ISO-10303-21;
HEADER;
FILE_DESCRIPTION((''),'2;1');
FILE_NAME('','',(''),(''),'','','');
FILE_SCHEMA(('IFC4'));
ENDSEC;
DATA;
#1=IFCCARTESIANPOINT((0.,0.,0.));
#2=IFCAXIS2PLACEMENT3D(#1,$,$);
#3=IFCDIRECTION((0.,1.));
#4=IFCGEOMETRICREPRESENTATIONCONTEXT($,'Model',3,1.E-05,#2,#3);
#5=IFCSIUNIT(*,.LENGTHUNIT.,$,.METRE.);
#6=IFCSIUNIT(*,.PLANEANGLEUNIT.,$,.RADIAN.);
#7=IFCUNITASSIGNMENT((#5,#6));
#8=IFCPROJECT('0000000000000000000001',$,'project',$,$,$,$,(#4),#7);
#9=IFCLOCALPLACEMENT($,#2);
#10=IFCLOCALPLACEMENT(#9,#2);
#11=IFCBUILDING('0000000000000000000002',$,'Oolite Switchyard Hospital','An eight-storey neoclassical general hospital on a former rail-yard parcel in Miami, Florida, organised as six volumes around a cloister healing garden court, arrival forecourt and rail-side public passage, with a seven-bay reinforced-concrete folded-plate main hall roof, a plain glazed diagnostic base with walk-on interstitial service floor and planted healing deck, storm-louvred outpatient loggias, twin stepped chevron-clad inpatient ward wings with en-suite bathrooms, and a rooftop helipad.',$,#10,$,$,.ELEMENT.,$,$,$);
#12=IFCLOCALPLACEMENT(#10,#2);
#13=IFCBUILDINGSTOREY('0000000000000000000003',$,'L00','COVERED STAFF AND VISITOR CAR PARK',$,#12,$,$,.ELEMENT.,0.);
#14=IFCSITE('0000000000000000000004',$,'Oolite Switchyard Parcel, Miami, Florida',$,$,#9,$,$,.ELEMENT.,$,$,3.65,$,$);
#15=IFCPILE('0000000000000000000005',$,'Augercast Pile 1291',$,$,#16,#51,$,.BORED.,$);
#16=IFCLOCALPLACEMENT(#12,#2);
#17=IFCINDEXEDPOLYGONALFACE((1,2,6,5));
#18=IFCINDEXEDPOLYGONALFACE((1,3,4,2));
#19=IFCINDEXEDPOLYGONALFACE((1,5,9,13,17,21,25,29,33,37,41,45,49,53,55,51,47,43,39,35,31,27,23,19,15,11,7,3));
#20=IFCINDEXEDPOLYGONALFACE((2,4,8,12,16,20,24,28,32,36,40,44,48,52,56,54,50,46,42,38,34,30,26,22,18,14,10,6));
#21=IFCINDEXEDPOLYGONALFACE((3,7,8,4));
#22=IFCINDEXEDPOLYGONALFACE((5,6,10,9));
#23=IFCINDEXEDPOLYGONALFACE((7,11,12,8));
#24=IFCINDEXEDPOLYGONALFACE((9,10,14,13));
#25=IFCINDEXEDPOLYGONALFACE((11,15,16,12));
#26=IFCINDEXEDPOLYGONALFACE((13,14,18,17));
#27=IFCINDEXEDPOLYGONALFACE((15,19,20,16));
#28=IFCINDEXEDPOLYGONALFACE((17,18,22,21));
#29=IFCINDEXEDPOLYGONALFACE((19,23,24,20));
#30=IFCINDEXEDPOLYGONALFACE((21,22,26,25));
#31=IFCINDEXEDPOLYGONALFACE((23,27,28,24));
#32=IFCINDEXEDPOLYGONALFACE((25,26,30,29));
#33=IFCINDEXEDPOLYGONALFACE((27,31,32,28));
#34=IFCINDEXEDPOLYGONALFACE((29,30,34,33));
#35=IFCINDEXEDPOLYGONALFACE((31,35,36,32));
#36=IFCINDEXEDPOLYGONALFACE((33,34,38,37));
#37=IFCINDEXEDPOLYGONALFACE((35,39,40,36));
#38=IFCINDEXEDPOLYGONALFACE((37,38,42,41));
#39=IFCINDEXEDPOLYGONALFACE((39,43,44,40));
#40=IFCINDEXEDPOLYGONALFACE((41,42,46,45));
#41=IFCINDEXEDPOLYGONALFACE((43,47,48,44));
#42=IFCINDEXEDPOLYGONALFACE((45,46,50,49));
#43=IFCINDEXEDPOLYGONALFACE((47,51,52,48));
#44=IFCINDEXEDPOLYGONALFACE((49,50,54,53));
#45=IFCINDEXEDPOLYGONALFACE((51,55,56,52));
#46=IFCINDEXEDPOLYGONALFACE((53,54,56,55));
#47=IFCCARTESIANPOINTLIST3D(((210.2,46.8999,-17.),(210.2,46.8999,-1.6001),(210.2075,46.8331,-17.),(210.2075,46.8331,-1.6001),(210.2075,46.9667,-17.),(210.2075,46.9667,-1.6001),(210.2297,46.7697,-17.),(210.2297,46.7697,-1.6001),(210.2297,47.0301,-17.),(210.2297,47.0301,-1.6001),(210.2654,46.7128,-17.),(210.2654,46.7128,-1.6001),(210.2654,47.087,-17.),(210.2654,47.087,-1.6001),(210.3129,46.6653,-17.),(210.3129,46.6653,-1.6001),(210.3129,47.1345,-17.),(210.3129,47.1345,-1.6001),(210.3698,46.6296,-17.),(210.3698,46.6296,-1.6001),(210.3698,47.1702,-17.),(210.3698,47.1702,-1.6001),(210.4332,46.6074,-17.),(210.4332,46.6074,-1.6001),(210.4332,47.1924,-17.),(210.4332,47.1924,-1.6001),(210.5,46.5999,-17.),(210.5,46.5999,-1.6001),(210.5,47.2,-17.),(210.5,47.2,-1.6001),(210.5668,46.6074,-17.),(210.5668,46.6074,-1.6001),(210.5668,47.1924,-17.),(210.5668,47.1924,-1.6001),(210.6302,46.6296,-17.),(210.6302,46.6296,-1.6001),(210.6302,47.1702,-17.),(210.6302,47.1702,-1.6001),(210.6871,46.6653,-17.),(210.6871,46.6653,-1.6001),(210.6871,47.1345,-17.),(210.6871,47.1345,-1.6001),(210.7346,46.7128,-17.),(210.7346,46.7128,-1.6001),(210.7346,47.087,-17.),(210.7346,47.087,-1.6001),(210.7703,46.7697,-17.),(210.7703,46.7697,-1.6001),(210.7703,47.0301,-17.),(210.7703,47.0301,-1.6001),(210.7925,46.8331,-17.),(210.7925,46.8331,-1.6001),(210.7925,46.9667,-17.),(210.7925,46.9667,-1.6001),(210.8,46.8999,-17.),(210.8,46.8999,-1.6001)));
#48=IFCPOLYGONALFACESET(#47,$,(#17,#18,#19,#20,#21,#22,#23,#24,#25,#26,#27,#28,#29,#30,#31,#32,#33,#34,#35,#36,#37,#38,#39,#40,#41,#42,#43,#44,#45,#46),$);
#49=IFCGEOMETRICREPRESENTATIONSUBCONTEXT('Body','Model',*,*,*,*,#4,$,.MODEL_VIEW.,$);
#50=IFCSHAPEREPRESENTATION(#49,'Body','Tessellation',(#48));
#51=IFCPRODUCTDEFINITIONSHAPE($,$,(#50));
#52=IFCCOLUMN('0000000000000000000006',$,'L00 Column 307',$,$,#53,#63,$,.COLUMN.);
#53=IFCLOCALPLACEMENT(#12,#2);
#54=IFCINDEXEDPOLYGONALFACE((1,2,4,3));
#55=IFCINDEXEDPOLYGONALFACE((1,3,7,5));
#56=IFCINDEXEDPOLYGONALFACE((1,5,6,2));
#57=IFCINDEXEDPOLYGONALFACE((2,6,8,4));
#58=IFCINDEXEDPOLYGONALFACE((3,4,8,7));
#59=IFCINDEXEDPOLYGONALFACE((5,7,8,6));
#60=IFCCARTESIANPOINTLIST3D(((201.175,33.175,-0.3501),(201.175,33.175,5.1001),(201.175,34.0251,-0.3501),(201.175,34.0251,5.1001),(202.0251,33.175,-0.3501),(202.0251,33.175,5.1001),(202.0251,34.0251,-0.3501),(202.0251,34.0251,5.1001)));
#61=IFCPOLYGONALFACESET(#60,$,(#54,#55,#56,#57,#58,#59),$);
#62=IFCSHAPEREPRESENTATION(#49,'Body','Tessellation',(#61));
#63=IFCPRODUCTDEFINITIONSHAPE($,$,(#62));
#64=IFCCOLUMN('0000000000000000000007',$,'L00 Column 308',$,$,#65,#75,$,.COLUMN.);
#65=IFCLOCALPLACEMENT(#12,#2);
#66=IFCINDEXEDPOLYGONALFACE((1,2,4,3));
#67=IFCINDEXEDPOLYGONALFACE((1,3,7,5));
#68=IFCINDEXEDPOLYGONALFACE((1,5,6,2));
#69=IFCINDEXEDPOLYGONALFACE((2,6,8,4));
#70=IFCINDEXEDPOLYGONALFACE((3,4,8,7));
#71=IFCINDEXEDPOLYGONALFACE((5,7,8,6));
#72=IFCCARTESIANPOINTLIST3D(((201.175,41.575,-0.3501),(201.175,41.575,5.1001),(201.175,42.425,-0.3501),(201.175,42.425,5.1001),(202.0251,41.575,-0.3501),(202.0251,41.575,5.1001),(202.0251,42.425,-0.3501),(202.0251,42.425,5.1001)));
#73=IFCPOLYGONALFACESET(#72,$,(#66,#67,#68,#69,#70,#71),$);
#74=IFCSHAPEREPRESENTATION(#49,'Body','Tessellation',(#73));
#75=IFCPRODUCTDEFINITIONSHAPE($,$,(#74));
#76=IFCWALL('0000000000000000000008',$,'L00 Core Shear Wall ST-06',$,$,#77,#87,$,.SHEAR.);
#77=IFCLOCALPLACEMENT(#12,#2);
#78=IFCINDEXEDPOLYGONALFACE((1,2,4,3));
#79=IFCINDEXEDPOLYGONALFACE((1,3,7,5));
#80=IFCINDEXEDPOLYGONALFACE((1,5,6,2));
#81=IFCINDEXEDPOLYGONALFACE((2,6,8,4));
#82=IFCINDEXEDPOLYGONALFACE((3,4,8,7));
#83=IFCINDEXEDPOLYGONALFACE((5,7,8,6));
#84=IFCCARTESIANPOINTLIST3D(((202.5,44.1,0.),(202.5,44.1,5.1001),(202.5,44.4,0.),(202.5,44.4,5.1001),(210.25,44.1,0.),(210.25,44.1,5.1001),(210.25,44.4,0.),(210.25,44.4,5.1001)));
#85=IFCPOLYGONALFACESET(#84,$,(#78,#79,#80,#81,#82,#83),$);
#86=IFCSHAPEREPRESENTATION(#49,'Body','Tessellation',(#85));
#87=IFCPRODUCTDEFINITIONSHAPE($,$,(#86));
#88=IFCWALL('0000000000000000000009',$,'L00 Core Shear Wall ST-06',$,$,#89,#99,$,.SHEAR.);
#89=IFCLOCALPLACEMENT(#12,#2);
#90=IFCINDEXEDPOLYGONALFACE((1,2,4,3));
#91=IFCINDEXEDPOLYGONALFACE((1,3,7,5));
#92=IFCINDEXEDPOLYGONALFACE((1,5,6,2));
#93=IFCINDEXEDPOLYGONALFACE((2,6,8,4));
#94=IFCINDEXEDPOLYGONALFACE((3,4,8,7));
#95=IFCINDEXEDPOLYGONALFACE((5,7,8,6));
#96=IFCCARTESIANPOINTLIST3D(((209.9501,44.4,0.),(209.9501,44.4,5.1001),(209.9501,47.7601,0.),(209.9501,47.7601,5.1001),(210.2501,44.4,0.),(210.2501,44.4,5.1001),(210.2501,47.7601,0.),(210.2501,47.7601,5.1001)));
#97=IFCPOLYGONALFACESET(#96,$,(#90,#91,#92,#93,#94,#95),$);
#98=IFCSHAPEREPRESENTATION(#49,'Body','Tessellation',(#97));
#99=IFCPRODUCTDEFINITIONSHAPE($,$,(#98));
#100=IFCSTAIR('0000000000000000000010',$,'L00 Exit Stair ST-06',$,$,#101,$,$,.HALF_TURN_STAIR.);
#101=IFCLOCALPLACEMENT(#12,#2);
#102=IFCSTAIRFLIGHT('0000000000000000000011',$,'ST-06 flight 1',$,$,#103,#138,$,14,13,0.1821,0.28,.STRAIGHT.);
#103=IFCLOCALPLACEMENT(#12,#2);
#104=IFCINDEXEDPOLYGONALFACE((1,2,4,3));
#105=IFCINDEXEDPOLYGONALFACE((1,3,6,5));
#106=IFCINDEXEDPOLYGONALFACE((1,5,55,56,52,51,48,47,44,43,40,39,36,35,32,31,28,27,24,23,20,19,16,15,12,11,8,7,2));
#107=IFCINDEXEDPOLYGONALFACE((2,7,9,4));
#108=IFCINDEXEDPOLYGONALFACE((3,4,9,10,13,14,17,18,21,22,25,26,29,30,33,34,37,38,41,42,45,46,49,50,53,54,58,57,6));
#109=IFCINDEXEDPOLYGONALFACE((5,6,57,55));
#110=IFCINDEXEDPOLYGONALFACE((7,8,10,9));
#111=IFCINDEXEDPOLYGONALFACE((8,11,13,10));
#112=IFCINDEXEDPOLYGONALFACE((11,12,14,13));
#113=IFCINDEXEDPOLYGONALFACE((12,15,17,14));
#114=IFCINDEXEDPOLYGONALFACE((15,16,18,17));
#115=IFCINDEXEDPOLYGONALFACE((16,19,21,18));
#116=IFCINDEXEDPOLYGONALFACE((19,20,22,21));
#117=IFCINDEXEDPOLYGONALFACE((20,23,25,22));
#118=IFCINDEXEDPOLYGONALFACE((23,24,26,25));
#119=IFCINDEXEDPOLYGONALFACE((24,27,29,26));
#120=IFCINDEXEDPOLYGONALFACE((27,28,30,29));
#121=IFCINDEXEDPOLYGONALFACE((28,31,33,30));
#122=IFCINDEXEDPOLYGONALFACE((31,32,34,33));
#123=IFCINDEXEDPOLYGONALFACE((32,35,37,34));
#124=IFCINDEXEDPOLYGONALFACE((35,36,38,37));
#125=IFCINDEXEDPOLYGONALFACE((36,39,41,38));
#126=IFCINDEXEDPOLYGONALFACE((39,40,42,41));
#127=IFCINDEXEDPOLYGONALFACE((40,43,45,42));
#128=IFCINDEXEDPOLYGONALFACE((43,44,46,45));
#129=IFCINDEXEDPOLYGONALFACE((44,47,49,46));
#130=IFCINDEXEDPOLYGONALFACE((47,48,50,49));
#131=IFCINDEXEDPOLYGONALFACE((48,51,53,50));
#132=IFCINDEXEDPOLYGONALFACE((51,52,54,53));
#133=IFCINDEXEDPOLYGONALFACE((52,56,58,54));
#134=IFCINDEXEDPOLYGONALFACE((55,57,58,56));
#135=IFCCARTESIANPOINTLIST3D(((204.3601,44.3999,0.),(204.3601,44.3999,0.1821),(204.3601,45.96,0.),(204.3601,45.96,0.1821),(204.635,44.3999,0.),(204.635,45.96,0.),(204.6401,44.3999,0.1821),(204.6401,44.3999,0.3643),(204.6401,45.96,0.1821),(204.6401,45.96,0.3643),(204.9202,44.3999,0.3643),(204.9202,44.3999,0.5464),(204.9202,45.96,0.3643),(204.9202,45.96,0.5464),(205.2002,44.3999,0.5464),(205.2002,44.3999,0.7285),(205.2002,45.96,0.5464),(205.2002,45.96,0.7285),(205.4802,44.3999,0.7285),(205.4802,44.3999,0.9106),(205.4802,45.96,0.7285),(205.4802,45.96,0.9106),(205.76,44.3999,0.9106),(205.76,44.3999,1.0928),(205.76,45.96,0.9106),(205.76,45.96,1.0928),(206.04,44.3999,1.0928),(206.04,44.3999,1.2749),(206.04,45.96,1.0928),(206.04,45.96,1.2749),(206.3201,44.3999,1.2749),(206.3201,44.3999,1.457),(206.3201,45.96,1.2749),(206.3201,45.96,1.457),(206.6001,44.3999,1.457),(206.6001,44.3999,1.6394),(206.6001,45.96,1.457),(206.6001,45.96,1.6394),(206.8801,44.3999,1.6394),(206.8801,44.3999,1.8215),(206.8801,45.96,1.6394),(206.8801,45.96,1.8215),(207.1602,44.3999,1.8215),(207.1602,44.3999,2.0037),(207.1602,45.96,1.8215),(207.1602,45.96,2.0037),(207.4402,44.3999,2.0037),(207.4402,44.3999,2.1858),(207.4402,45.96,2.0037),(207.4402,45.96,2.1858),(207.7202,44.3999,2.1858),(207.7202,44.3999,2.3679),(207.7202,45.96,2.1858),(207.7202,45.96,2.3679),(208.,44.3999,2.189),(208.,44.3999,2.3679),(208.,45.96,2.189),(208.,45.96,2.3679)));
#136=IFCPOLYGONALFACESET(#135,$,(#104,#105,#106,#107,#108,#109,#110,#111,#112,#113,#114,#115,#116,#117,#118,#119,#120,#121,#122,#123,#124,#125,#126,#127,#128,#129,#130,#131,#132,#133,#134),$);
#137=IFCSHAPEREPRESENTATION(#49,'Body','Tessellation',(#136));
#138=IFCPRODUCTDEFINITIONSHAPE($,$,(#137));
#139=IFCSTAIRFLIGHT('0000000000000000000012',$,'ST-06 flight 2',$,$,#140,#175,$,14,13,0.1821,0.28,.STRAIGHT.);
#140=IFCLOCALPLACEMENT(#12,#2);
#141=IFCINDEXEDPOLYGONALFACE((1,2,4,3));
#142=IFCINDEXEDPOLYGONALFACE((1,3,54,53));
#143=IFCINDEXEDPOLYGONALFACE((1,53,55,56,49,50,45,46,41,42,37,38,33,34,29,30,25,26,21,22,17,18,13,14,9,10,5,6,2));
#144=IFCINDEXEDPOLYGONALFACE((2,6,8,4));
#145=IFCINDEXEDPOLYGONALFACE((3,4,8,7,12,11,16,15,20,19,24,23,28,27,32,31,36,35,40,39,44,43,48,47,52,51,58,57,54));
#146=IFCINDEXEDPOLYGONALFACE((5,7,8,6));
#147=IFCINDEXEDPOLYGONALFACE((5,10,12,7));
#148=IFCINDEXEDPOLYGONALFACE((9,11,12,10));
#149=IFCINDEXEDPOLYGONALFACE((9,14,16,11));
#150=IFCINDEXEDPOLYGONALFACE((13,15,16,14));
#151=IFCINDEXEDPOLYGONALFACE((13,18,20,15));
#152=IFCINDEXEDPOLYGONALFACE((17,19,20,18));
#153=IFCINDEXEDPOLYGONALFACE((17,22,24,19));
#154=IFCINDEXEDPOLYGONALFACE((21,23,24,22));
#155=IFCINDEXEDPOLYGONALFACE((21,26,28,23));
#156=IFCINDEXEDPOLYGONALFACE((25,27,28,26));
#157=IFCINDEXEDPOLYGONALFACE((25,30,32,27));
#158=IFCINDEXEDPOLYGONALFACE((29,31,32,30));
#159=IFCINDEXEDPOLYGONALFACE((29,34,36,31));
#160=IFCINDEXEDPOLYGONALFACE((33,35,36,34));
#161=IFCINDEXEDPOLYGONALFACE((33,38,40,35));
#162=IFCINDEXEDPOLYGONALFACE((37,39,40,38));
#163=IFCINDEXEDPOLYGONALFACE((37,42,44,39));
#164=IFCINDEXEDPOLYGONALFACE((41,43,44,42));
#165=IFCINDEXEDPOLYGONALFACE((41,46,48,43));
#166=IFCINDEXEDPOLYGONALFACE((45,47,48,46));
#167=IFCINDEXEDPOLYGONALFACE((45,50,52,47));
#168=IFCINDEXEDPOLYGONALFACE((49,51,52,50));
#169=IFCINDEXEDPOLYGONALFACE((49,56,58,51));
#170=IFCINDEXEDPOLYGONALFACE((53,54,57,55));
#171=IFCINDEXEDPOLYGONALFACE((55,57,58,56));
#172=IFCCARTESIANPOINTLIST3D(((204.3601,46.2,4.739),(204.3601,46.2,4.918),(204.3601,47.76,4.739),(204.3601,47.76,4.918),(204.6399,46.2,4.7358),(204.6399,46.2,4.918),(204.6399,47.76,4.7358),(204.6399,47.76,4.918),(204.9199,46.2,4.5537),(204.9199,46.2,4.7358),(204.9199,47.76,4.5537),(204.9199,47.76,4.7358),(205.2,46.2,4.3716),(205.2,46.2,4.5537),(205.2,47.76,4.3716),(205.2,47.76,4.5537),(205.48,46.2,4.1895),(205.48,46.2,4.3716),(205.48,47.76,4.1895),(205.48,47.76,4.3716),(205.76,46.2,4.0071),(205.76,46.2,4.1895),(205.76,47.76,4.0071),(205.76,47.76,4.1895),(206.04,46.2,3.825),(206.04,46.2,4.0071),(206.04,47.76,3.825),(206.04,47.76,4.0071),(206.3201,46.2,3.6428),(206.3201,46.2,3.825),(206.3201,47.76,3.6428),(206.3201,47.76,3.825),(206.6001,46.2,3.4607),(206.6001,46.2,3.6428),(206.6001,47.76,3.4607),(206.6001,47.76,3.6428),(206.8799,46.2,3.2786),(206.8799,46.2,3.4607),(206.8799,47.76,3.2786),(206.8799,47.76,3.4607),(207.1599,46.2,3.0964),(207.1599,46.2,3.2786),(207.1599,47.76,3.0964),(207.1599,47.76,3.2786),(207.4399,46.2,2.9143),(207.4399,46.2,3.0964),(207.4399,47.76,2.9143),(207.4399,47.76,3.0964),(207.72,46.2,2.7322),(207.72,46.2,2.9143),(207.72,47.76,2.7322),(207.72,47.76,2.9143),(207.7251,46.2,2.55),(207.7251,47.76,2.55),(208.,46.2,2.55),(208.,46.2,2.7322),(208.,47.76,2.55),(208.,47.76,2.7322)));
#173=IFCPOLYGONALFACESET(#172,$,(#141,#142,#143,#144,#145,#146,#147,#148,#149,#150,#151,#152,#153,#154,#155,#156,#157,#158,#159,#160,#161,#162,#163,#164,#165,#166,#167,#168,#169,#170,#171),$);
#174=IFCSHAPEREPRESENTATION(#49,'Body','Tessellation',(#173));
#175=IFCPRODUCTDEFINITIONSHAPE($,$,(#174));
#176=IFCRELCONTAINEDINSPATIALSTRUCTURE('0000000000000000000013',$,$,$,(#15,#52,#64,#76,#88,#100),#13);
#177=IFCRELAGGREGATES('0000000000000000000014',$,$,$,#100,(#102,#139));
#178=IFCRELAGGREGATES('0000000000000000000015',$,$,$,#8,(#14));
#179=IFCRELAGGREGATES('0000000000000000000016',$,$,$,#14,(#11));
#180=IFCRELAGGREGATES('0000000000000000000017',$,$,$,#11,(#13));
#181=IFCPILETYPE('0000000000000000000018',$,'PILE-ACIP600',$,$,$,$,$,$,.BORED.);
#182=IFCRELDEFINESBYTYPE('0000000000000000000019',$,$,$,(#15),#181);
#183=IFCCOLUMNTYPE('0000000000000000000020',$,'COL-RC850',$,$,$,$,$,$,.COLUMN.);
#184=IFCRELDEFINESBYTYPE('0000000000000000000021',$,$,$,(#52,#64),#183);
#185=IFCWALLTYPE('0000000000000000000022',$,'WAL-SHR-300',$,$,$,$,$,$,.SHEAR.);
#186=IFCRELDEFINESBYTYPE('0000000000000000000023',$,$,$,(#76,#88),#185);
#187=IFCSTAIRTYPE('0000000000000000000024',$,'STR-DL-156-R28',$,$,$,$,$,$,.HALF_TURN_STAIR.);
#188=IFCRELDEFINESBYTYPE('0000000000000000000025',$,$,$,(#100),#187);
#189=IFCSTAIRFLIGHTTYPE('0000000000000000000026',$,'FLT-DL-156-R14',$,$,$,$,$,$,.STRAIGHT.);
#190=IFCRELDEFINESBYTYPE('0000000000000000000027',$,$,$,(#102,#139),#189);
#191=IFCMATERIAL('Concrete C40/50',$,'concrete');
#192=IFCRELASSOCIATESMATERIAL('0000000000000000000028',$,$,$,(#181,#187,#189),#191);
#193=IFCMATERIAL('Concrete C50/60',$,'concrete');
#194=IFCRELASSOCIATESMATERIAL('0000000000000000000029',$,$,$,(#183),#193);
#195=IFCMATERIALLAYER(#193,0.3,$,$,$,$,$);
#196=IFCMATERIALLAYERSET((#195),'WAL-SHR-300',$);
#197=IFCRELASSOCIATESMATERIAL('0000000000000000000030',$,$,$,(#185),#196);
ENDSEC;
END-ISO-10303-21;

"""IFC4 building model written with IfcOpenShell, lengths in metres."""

from ifc_helpers import new_model, si_unit, direction, frame, frame_2d, origin, origin_2d, place, context, subcontext, project, spatial, polyline, rectangle, circle, outline, extrude, material, layer, layer_set, material_profile, profile_set, type_object, element, aggregate, save


model = new_model("IFC4")

# Units and contexts
model_context = context("Model", 3, precision=1e-05, world=origin(), true_north=direction((0.0, 1.0)))
body_context = subcontext(model_context, "Body", "Model", "MODEL_VIEW")
ifc_project = project(units=[si_unit("LENGTHUNIT", "METRE"), si_unit("PLANEANGLEUNIT", "RADIAN")], contexts=[model_context])

# Site, building, storey
site_placement = place(None, origin())
site = spatial("IfcSite", under=ifc_project, at=site_placement, Name="Oolite Switchyard Parcel, Miami, Florida", CompositionType="ELEMENT", RefElevation=3.65)
building_placement = place(site_placement, origin())
building = spatial("IfcBuilding", under=site, at=building_placement, Name="Oolite Switchyard Hospital", Description="An eight-storey neoclassical general hospital on a former rail-yard parcel in Miami, Florida, organised as six volumes around a cloister healing garden court, arrival forecourt and rail-side public passage, with a seven-bay reinforced-concrete folded-plate main hall roof, a plain glazed diagnostic base with walk-on interstitial service floor and planted healing deck, storm-louvred outpatient loggias, twin stepped chevron-clad inpatient ward wings with en-suite bathrooms, and a rooftop helipad.", CompositionType="ELEMENT")
storey_placement = place(building_placement, origin())
storey = spatial("IfcBuildingStorey", under=building, at=storey_placement, Name="L00", Description="COVERED STAFF AND VISITOR CAR PARK", CompositionType="ELEMENT", Elevation=0.0)

# Shared definitions
ifc_material_1 = material(Name="Concrete C40/50", Category="concrete")

# Pile
ifc_material_profile_1 = material_profile(ifc_material_1, circle(Radius=0.3, at=origin_2d()), Name="PILE600")
ifc_profile_set_1 = profile_set([ifc_material_profile_1], Name="Concrete C40/50")
pile_type = type_object("IfcPileType", Name="PILE-ACIP600", PredefinedType="BORED", material=ifc_profile_set_1)
for number, where, z_axis, x_axis, name in (
    (1, (210.5, 46.8999, -1.6001), (0.0, 0.0, -1.0), (1.0, 0.0, 0.0), "Augercast Pile 1291"),
):
    element("IfcPile", number, at=place(storey_placement, frame(where, z_axis=z_axis, x_axis=x_axis)), inside=storey, type_object=pile_type, Name=name, PredefinedType="BORED", context=body_context, shape_type="SweptSolid", body=[
        extrude(circle(Radius=0.3, at=origin_2d()), origin(), (0.0, 0.0, 1.0), 15.3999),
    ])

# Columns
ifc_material_2 = material(Name="Concrete C50/60", Category="concrete")
ifc_material_profile_2 = material_profile(ifc_material_2, rectangle(XDim=0.8501, YDim=0.8501, at=origin_2d()), Name="RC850X850")
ifc_profile_set_2 = profile_set([ifc_material_profile_2], Name="Concrete C50/60")
column_type = type_object("IfcColumnType", Name="COL-RC850", PredefinedType="COLUMN", material=ifc_profile_set_2)
for number, where, z_axis, x_axis, name in (
    (2, (201.6001, 33.6001, -0.3501), (0.0, 0.0, 1.0), (1.0, 0.0, 0.0), "L00 Column 307"),
    (3, (201.6001, 42.0, -0.3501), (0.0, 0.0, 1.0), (1.0, 0.0, 0.0), "L00 Column 308"),
):
    element("IfcColumn", number, at=place(storey_placement, frame(where, z_axis=z_axis, x_axis=x_axis)), inside=storey, type_object=column_type, Name=name, PredefinedType="COLUMN", context=body_context, shape_type="SweptSolid", body=[
        extrude(rectangle(XDim=0.8501, YDim=0.8501, at=origin_2d()), origin(), (0.0, 0.0, 1.0), 5.4502),
    ])

# Walls
ifc_layer = layer(ifc_material_2, 0.3)
ifc_layer_set = layer_set([ifc_layer], Name="WAL-SHR-300")
wall_type = type_object("IfcWallType", Name="WAL-SHR-300", PredefinedType="SHEAR", material=ifc_layer_set)
wall_1_placement = place(storey_placement, frame((202.5, 44.25, 0.0), z_axis=(0.0, 0.0, 1.0), x_axis=(1.0, 0.0, 0.0)))
element("IfcWall", 4, at=wall_1_placement, inside=storey, type_object=wall_type, Name="L00 Core Shear Wall ST-06", PredefinedType="SHEAR", context=body_context, shape_type="SweptSolid", body=[
    extrude(rectangle(XDim=7.75, YDim=0.3, at=frame_2d((3.875, 0.0))), origin(), (0.0, 0.0, 1.0), 5.1001),
])
wall_2_placement = place(storey_placement, frame((210.1001, 44.3999, 0.0), z_axis=(0.0, 0.0, 1.0), x_axis=(0.0, 1.0, 0.0)))
element("IfcWall", 5, at=wall_2_placement, inside=storey, type_object=wall_type, Name="L00 Core Shear Wall ST-06", PredefinedType="SHEAR", context=body_context, shape_type="SweptSolid", body=[
    extrude(rectangle(XDim=3.3601, YDim=0.3, at=frame_2d((1.6802, 0.0))), origin(), (0.0, 0.0, 1.0), 5.1001),
])

# Stair, stair flights
stair_type = type_object("IfcStairType", Name="STR-DL-156-R28", PredefinedType="HALF_TURN_STAIR", material=ifc_material_1)
stair_placement = place(storey_placement, origin())
stair = element("IfcStair", 6, at=stair_placement, inside=storey, type_object=stair_type, Name="L00 Exit Stair ST-06", PredefinedType="HALF_TURN_STAIR")
stair_flight_type = type_object("IfcStairFlightType", Name="FLT-DL-156-R14", PredefinedType="STRAIGHT", material=ifc_material_1)
stair_flight_1_placement = place(storey_placement, frame((204.3601, 45.1799, 0.0), z_axis=(0.0, 0.0, 1.0), x_axis=(1.0, 0.0, 0.0)))
stair_flight_1 = element("IfcStairFlight", 7, at=stair_flight_1_placement, type_object=stair_flight_type, Name="ST-06 flight 1", NumberOfRisers=14, NumberOfTreads=13, PredefinedType="STRAIGHT", RiserHeight=0.1821, TreadLength=0.28, context=body_context, shape_type="SweptSolid", body=[
    extrude(outline(polyline([(0.0, 0.0), (0.0, 0.1821), (0.28, 0.1821), (0.28, 0.3643), (0.5601, 0.3643), (0.5601, 0.5464), (0.8401, 0.5464), (0.8401, 0.7285), (1.1201, 0.7285), (1.1201, 0.9106), (1.3999, 0.9106), (1.3999, 1.0928), (1.6799, 1.0928), (1.6799, 1.2749), (1.96, 1.2749), (1.96, 1.457), (2.24, 1.457), (2.24, 1.6394), (2.52, 1.6394), (2.52, 1.8215), (2.8, 1.8215), (2.8, 2.0037), (3.0801, 2.0037), (3.0801, 2.1858), (3.3601, 2.1858), (3.3601, 2.3679), (3.6399, 2.3679), (3.6399, 2.55), (3.6399, 2.189), (0.2749, 0.0), (0.0, 0.0)])), frame((0.0, 0.78, 0.0), z_axis=(0.0, -1.0, 0.0), x_axis=(1.0, 0.0, 0.0)), (0.0, 0.0, 1.0), 1.5601),
])
stair_flight_2_placement = place(storey_placement, frame((208.0, 46.98, 2.55), z_axis=(0.0, 0.0, 1.0), x_axis=(-1.0, 0.0, 0.0)))
stair_flight_2 = element("IfcStairFlight", 8, at=stair_flight_2_placement, type_object=stair_flight_type, Name="ST-06 flight 2", NumberOfRisers=14, NumberOfTreads=13, PredefinedType="STRAIGHT", RiserHeight=0.1821, TreadLength=0.28, context=body_context, shape_type="SweptSolid", body=[
    extrude(outline(polyline([(0.0, 0.0), (0.0, 0.1821), (0.28, 0.1821), (0.28, 0.3643), (0.5601, 0.3643), (0.5601, 0.5464), (0.8401, 0.5464), (0.8401, 0.7285), (1.1201, 0.7285), (1.1201, 0.9106), (1.3999, 0.9106), (1.3999, 1.0928), (1.6799, 1.0928), (1.6799, 1.2749), (1.96, 1.2749), (1.96, 1.457), (2.24, 1.457), (2.24, 1.6394), (2.52, 1.6394), (2.52, 1.8215), (2.8, 1.8215), (2.8, 2.0037), (3.0801, 2.0037), (3.0801, 2.1858), (3.3601, 2.1858), (3.3601, 2.3679), (3.6399, 2.3679), (3.6399, 2.55), (3.6399, 2.189), (0.2749, 0.0), (0.0, 0.0)])), frame((0.0, 0.78, 0.0), z_axis=(0.0, -1.0, 0.0), x_axis=(1.0, 0.0, 0.0)), (0.0, 0.0, 1.0), 1.5601),
])
aggregate(stair, [stair_flight_1, stair_flight_2])

save(model, "model.ifc")
